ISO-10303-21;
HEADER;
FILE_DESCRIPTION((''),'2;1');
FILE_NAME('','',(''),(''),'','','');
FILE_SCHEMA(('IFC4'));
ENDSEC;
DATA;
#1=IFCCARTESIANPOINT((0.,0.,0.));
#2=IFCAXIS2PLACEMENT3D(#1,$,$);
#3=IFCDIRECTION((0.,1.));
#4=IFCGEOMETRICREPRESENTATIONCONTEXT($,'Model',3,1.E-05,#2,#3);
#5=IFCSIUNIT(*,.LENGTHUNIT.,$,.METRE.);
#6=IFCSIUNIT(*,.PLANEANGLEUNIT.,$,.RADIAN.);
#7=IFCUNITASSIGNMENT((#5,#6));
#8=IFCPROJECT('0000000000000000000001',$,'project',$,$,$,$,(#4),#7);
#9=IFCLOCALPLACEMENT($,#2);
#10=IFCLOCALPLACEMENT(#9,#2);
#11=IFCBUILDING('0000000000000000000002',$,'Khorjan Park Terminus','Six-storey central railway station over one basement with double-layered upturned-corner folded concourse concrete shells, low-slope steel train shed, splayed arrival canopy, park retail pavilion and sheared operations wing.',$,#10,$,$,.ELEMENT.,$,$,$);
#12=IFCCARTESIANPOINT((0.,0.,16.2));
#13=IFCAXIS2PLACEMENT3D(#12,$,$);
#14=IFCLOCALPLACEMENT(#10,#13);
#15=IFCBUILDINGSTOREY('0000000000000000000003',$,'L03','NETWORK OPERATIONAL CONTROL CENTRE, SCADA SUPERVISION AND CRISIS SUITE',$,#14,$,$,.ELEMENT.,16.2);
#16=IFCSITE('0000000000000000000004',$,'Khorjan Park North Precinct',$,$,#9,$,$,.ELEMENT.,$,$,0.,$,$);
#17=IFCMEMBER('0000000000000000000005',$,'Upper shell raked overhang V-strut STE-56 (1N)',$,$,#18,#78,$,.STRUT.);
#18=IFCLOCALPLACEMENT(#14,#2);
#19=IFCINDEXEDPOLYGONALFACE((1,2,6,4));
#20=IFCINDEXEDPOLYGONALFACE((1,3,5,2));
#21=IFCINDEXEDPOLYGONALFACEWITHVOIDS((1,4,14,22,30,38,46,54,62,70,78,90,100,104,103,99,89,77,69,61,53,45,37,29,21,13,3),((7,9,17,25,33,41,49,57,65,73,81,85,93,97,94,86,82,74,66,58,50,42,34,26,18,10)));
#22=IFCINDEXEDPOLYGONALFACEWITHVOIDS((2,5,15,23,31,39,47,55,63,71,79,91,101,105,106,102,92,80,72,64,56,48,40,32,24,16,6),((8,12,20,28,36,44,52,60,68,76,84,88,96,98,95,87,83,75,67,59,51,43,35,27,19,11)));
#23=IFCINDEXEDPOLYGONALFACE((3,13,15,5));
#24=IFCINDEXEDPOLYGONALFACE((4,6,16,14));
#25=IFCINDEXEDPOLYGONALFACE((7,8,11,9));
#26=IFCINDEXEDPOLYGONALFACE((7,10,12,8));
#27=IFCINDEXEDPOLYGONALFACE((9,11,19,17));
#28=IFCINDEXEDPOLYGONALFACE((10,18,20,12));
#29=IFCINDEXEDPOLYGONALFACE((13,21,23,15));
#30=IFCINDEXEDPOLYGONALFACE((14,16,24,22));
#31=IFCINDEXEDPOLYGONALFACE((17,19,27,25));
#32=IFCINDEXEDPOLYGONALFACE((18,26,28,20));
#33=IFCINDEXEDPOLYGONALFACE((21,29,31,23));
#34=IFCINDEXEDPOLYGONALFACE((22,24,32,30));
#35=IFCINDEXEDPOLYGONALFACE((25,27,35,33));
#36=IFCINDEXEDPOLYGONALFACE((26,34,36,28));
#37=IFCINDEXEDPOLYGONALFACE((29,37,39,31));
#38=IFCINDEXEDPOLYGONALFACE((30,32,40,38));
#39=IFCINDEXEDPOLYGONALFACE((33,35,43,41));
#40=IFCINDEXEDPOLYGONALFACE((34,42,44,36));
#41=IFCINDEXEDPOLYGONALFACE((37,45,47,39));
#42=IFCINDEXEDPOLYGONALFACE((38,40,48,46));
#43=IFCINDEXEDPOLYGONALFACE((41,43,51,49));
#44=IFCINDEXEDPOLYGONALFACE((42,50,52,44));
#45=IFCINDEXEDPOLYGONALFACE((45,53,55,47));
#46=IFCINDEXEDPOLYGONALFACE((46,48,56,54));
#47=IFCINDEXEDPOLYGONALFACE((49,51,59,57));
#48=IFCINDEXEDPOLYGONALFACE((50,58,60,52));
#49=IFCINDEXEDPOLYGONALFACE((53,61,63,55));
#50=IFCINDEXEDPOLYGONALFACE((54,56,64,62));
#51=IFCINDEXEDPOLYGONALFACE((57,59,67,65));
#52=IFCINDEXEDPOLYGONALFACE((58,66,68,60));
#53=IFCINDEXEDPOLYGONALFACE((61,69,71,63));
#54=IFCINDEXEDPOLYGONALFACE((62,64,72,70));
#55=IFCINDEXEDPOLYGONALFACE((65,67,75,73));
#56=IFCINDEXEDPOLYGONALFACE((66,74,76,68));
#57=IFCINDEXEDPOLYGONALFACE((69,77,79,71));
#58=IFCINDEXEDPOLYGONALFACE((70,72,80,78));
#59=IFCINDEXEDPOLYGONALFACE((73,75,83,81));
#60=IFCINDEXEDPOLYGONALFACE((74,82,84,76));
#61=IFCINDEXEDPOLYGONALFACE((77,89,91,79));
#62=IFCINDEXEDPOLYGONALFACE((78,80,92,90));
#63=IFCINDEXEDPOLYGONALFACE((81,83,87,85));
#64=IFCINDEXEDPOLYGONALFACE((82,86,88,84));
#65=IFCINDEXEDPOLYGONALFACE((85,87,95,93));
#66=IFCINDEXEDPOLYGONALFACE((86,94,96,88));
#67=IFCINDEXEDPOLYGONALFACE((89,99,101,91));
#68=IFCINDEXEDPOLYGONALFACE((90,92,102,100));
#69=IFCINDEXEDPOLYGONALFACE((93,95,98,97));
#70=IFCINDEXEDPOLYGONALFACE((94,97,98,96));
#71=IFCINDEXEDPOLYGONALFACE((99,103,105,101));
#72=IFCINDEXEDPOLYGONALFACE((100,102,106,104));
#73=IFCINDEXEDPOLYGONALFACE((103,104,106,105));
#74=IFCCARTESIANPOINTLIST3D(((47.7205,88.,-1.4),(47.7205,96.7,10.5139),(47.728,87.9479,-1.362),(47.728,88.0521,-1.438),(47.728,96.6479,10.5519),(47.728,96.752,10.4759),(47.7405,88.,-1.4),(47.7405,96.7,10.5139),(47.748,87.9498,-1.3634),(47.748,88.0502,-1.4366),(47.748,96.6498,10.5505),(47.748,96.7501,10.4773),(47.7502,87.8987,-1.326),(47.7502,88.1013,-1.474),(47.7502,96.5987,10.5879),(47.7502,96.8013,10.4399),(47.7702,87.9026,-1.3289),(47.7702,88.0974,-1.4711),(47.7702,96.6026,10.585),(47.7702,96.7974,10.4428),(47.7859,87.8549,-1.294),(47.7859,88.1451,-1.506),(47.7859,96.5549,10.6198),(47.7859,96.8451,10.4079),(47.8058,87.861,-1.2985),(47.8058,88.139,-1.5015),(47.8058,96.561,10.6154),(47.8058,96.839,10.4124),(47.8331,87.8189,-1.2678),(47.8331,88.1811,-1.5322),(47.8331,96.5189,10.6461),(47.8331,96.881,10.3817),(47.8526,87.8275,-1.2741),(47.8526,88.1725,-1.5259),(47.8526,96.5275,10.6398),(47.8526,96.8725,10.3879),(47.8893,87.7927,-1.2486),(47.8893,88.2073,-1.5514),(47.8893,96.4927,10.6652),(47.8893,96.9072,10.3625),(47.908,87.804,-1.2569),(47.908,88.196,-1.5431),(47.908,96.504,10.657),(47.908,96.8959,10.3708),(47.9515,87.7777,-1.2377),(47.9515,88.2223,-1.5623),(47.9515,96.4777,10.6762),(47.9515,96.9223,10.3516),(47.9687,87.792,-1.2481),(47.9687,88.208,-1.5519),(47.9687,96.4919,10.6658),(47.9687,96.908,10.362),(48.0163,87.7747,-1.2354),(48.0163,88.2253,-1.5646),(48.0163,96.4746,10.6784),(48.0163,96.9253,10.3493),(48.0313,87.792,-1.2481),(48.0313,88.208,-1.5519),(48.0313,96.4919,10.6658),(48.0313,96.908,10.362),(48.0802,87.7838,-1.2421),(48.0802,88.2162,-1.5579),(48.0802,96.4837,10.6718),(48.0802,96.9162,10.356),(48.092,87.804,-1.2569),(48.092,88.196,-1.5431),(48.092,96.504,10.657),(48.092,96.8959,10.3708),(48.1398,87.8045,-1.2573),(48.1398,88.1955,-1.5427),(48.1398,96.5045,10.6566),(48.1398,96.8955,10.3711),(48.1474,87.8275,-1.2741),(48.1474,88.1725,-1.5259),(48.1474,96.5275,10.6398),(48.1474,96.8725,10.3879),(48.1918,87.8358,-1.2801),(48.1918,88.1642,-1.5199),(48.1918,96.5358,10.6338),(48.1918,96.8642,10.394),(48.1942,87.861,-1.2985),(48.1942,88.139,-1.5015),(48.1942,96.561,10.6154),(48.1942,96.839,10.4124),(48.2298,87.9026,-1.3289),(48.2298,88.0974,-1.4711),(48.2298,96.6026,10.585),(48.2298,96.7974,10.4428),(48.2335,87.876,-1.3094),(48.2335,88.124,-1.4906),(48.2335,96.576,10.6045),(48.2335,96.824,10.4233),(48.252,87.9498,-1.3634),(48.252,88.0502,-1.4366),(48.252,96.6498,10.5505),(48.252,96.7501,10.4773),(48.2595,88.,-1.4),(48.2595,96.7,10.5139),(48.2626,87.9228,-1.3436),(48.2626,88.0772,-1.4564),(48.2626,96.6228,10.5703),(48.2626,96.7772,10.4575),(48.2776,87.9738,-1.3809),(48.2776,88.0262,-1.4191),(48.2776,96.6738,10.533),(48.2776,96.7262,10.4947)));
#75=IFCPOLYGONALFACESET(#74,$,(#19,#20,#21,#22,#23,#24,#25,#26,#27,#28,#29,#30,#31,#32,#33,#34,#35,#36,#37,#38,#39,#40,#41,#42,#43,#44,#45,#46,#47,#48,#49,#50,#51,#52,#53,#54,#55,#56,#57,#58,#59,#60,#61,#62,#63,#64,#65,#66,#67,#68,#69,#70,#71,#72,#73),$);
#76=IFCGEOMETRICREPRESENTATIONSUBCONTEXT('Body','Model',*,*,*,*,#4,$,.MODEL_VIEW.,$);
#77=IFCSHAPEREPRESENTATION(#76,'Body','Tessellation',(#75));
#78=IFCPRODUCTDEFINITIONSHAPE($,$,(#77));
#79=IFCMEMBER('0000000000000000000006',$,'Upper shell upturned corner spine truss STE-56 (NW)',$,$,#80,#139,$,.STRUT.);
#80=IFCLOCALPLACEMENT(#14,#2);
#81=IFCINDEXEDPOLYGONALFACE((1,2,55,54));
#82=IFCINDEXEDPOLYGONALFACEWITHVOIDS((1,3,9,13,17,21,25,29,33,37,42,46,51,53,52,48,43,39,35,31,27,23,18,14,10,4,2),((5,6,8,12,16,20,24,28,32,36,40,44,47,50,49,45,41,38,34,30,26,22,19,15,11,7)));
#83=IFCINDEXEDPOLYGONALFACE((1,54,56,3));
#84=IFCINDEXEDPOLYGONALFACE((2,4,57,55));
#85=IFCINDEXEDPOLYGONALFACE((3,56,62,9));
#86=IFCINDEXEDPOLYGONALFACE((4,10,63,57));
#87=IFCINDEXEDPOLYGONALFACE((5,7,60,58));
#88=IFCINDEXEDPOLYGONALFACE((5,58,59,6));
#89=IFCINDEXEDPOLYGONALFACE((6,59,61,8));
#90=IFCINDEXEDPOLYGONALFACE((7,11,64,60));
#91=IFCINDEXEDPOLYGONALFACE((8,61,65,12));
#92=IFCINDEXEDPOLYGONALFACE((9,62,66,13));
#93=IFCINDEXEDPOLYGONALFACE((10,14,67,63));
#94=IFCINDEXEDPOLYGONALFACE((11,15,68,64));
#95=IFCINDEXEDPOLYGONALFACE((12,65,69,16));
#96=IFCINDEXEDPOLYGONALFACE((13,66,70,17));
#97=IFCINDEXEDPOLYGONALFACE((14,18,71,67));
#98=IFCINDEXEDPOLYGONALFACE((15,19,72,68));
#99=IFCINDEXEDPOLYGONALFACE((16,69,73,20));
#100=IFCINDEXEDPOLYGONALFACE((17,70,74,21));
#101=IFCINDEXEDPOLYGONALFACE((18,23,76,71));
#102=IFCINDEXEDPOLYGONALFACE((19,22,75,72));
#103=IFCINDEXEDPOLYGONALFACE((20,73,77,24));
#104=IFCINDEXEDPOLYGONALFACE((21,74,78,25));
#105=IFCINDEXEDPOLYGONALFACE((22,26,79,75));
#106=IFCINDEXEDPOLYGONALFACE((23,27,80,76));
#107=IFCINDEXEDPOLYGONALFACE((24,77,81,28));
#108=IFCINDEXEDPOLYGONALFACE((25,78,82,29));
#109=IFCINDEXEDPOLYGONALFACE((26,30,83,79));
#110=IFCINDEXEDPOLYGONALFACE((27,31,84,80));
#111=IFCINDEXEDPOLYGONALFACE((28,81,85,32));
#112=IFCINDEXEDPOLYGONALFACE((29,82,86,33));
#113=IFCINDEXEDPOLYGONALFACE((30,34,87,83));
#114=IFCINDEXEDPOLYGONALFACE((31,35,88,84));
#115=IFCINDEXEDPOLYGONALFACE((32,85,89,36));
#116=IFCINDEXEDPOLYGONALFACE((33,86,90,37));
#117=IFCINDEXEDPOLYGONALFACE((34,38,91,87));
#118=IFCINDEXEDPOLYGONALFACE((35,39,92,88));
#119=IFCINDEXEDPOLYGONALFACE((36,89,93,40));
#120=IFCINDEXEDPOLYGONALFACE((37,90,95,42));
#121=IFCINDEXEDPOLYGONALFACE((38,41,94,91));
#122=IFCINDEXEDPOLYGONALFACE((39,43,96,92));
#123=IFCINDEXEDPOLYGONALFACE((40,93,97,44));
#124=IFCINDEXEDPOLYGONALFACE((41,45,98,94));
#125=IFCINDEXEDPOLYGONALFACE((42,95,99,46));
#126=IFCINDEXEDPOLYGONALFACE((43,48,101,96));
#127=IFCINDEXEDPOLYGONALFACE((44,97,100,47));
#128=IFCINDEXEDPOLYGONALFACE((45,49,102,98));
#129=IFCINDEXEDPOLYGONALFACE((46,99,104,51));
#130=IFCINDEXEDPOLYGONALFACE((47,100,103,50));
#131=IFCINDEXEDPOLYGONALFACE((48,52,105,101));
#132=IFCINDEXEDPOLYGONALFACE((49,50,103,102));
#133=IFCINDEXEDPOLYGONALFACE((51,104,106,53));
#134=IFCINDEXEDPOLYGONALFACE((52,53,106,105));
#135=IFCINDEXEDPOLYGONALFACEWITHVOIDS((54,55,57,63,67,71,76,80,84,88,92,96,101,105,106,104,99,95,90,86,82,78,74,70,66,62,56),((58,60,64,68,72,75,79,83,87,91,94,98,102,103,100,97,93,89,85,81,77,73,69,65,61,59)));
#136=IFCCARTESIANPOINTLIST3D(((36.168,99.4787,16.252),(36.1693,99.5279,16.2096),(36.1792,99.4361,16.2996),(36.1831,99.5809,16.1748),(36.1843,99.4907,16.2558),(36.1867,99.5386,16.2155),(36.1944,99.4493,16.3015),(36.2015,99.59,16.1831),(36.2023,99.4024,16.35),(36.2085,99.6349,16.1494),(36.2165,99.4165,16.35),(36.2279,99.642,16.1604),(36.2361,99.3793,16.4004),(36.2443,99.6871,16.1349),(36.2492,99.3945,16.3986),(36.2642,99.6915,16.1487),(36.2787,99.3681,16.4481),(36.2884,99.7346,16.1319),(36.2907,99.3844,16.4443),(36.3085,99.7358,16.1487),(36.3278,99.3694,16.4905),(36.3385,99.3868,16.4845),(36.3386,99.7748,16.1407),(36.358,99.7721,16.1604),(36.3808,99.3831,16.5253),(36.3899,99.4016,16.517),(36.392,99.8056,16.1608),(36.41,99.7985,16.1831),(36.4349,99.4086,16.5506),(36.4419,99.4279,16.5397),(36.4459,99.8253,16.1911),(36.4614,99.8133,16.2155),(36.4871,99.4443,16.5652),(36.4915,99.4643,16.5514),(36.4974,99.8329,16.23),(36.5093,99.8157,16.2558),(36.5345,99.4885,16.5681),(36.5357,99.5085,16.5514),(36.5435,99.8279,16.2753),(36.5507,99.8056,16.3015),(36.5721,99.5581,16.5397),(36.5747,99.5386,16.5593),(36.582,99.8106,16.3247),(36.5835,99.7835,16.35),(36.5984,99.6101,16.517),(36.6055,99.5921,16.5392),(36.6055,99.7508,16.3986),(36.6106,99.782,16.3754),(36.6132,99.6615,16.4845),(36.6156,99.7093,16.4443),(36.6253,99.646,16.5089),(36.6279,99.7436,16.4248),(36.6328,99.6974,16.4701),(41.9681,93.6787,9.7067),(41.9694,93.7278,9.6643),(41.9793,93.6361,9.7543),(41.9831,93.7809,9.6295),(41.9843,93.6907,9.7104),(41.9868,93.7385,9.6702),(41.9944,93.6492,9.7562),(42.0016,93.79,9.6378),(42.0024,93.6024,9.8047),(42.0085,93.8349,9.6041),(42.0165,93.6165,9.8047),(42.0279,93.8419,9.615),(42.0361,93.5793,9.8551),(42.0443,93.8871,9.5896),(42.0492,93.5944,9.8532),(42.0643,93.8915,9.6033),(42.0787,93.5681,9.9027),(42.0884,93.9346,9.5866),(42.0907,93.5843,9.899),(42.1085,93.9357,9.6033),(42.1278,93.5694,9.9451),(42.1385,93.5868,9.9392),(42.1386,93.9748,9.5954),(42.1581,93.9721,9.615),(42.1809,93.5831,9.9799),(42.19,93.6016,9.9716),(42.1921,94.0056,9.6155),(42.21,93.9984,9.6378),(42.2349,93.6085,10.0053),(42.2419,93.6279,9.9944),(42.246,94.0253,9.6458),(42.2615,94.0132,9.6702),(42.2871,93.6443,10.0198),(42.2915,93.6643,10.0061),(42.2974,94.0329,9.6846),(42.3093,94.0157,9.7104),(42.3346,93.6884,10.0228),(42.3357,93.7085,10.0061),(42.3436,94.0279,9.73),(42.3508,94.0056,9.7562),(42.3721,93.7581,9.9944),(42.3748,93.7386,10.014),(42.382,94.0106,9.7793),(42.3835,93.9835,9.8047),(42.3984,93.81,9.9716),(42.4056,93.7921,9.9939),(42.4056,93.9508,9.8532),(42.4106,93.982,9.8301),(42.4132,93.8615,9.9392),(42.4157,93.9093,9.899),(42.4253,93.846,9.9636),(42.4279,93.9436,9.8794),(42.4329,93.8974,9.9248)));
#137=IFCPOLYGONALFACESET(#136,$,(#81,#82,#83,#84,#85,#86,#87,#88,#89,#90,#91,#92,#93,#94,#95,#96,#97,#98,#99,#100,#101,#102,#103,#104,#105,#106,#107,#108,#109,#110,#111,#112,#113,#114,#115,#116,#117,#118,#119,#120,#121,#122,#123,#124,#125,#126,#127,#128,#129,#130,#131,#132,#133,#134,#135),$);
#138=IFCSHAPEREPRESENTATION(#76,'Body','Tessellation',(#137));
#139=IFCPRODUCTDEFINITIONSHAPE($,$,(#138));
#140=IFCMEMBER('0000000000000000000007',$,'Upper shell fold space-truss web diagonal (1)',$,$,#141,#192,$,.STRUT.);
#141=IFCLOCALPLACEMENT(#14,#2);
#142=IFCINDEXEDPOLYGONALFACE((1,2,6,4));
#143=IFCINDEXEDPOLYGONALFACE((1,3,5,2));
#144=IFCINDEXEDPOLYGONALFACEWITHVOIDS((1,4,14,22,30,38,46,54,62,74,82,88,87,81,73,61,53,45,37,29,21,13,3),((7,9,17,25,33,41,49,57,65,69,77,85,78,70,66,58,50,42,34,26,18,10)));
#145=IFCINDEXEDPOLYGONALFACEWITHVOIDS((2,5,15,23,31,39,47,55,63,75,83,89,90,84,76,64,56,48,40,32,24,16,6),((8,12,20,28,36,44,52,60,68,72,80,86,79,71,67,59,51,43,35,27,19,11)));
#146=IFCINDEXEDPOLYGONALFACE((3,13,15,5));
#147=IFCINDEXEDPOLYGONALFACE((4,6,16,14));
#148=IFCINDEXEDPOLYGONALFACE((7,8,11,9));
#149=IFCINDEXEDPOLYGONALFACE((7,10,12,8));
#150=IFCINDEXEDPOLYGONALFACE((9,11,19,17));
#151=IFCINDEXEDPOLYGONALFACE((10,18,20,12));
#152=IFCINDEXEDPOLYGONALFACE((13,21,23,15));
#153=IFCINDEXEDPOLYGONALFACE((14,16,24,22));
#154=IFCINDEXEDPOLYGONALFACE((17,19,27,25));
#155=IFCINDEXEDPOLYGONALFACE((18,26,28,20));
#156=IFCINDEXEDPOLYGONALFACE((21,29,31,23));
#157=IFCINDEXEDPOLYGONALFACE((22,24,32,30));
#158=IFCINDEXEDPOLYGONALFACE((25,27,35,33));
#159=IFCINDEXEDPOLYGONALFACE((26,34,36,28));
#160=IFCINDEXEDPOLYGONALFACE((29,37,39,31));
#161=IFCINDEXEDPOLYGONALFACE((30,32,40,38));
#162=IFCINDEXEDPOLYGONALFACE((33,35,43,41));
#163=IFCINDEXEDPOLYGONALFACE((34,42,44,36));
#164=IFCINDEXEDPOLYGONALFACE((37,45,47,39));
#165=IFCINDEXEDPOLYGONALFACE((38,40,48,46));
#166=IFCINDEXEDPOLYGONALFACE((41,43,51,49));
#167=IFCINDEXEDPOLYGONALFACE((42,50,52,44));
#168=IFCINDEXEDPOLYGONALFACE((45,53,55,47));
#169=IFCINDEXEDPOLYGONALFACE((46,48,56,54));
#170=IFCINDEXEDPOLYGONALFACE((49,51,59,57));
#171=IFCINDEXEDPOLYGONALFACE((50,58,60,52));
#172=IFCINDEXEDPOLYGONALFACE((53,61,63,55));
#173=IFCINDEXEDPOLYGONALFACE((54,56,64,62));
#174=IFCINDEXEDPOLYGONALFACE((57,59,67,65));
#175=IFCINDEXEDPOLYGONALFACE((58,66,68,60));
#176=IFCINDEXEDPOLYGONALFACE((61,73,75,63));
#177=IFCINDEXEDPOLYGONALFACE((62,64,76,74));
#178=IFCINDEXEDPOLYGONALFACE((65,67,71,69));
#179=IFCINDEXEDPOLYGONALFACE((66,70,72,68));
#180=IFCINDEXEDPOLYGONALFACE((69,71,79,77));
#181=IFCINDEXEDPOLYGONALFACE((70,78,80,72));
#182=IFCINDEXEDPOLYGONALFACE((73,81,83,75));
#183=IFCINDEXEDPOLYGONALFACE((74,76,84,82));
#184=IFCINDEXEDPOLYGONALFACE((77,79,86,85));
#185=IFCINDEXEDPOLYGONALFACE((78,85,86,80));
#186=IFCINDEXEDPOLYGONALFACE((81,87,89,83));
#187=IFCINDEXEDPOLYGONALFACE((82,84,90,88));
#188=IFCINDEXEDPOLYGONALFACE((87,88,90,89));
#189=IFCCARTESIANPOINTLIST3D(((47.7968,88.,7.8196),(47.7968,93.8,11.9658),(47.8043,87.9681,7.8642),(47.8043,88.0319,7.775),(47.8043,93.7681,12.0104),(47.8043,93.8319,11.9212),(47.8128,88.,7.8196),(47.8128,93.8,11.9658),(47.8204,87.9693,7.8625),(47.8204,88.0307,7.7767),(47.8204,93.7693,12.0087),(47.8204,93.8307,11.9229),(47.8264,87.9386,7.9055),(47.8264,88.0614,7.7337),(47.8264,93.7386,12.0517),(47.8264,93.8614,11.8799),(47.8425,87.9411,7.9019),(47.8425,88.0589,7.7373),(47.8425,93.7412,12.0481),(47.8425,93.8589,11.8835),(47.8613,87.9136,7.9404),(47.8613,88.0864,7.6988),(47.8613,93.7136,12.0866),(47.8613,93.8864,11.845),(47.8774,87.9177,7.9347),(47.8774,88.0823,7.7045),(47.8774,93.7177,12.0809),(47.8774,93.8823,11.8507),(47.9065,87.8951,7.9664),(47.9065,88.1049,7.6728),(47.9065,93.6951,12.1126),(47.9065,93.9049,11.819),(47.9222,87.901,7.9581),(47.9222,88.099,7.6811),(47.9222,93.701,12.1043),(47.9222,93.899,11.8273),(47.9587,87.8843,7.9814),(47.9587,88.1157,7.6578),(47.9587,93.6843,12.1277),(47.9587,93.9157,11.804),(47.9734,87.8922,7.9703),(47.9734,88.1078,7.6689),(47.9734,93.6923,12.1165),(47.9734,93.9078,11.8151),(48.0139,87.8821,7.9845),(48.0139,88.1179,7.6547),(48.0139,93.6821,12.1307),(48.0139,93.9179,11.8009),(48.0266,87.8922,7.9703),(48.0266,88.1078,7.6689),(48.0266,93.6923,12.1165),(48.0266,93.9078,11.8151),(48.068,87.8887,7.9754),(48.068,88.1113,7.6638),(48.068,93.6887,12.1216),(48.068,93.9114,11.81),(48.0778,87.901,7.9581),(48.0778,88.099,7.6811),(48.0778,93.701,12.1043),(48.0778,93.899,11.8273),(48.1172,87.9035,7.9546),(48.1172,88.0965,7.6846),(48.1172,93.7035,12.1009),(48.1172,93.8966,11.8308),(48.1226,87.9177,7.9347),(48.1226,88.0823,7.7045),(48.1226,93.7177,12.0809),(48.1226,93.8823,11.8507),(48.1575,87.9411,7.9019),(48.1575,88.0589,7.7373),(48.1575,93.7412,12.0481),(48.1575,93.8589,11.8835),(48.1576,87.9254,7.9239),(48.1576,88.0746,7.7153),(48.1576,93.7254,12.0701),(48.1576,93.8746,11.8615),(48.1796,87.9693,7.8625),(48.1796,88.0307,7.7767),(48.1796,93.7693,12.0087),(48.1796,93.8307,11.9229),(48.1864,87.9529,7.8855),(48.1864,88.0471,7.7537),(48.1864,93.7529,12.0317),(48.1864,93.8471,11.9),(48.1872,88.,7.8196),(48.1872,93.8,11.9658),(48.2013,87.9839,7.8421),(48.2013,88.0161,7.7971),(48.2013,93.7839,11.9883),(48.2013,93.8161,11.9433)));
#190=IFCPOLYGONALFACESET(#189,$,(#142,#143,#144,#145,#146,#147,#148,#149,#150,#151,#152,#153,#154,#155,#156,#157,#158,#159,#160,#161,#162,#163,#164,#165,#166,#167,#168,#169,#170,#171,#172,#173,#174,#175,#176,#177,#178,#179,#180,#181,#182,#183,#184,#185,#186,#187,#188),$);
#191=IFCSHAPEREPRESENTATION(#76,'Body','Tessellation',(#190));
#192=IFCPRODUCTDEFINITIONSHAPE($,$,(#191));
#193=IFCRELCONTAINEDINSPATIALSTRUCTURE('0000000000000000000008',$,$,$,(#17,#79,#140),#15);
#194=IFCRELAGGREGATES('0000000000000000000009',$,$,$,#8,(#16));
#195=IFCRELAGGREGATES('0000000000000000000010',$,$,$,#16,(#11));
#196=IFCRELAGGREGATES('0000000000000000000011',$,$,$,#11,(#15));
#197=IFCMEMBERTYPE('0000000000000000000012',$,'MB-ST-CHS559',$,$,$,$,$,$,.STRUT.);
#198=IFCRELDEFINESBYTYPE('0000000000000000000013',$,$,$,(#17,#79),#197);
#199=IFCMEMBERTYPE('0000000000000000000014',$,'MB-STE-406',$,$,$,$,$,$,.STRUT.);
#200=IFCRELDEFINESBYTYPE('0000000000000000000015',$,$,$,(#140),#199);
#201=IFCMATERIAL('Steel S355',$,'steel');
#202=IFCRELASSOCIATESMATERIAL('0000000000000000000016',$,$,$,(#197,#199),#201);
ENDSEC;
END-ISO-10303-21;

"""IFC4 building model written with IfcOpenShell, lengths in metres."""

from ifc_helpers import new_model, si_unit, direction, frame, origin, origin_2d, place, context, subcontext, project, spatial, hollow_circle, extrude, material, material_profile, profile_set, type_object, element, save


model = new_model("IFC4")

# Units and contexts
model_context = context("Model", 3, precision=1e-05, world=origin(), true_north=direction((0.0, 1.0)))
body_context = subcontext(model_context, "Body", "Model", "MODEL_VIEW")
ifc_project = project(units=[si_unit("LENGTHUNIT", "METRE"), si_unit("PLANEANGLEUNIT", "RADIAN")], contexts=[model_context])

# Site, building, storey
site_placement = place(None, origin())
site = spatial("IfcSite", under=ifc_project, at=site_placement, Name="Khorjan Park North Precinct", CompositionType="ELEMENT", RefElevation=0.0)
building_placement = place(site_placement, origin())
building = spatial("IfcBuilding", under=site, at=building_placement, Name="Khorjan Park Terminus", Description="Six-storey central railway station over one basement with double-layered upturned-corner folded concourse concrete shells, low-slope steel train shed, splayed arrival canopy, park retail pavilion and sheared operations wing.", CompositionType="ELEMENT")
storey_placement = place(building_placement, frame((0.0, 0.0, 16.2)))
storey = spatial("IfcBuildingStorey", under=building, at=storey_placement, Name="L03", Description="NETWORK OPERATIONAL CONTROL CENTRE, SCADA SUPERVISION AND CRISIS SUITE", CompositionType="ELEMENT", Elevation=16.2)

# Members
ifc_material_1 = material(Name="Steel S355", Category="steel")
ifc_material_profile_1 = material_profile(ifc_material_1, hollow_circle(Radius=0.2795, WallThickness=0.02, at=origin_2d()), Name="CHS 559x20")
ifc_profile_set_1 = profile_set([ifc_material_profile_1], Name="Steel S355")
member_type_1 = type_object("IfcMemberType", Name="MB-ST-CHS559", PredefinedType="STRUT", material=ifc_profile_set_1)
member_1_placement = place(storey_placement, frame((48.0, 88.0, -1.4), z_axis=(0.0, 0.589738, 0.807595), x_axis=(-1.0, 0.0, 0.0)))
element("IfcMember", 1, at=member_1_placement, inside=storey, type_object=member_type_1, Name="Upper shell raked overhang V-strut STE-56 (1N)", PredefinedType="STRUT", context=body_context, shape_type="SweptSolid", body=[
    extrude(hollow_circle(Radius=0.2795, WallThickness=0.02, at=origin_2d()), origin(), (0.0, 0.0, 1.0), 14.7523),
])
member_2_placement = place(storey_placement, frame((42.2, 93.8, 9.8047), z_axis=(-0.552705, 0.552705, 0.623727), x_axis=(-0.707107, -0.707107, 0.0)))
element("IfcMember", 2, at=member_2_placement, inside=storey, type_object=member_type_1, Name="Upper shell upturned corner spine truss STE-56 (NW)", PredefinedType="STRUT", context=body_context, shape_type="SweptSolid", body=[
    extrude(hollow_circle(Radius=0.2795, WallThickness=0.02, at=origin_2d()), origin(), (0.0, 0.0, 1.0), 10.4939),
])
ifc_material_profile_2 = material_profile(ifc_material_1, hollow_circle(Radius=0.2032, WallThickness=0.016, at=origin_2d()), Name="CHS 406.4x16")
ifc_profile_set_2 = profile_set([ifc_material_profile_2], Name="Steel S355")
member_type_2 = type_object("IfcMemberType", Name="MB-STE-406", PredefinedType="STRUT", material=ifc_profile_set_2)
member_3_placement = place(storey_placement, frame((48.0, 88.0, 7.8196), z_axis=(0.0, 0.813512, 0.581549), x_axis=(-1.0, 0.0, 0.0)))
element("IfcMember", 3, at=member_3_placement, inside=storey, type_object=member_type_2, Name="Upper shell fold space-truss web diagonal (1)", PredefinedType="STRUT", context=body_context, shape_type="SweptSolid", body=[
    extrude(hollow_circle(Radius=0.2032, WallThickness=0.016, at=origin_2d()), origin(), (0.0, 0.0, 1.0), 7.1296),
])

save(model, "model.ifc")
